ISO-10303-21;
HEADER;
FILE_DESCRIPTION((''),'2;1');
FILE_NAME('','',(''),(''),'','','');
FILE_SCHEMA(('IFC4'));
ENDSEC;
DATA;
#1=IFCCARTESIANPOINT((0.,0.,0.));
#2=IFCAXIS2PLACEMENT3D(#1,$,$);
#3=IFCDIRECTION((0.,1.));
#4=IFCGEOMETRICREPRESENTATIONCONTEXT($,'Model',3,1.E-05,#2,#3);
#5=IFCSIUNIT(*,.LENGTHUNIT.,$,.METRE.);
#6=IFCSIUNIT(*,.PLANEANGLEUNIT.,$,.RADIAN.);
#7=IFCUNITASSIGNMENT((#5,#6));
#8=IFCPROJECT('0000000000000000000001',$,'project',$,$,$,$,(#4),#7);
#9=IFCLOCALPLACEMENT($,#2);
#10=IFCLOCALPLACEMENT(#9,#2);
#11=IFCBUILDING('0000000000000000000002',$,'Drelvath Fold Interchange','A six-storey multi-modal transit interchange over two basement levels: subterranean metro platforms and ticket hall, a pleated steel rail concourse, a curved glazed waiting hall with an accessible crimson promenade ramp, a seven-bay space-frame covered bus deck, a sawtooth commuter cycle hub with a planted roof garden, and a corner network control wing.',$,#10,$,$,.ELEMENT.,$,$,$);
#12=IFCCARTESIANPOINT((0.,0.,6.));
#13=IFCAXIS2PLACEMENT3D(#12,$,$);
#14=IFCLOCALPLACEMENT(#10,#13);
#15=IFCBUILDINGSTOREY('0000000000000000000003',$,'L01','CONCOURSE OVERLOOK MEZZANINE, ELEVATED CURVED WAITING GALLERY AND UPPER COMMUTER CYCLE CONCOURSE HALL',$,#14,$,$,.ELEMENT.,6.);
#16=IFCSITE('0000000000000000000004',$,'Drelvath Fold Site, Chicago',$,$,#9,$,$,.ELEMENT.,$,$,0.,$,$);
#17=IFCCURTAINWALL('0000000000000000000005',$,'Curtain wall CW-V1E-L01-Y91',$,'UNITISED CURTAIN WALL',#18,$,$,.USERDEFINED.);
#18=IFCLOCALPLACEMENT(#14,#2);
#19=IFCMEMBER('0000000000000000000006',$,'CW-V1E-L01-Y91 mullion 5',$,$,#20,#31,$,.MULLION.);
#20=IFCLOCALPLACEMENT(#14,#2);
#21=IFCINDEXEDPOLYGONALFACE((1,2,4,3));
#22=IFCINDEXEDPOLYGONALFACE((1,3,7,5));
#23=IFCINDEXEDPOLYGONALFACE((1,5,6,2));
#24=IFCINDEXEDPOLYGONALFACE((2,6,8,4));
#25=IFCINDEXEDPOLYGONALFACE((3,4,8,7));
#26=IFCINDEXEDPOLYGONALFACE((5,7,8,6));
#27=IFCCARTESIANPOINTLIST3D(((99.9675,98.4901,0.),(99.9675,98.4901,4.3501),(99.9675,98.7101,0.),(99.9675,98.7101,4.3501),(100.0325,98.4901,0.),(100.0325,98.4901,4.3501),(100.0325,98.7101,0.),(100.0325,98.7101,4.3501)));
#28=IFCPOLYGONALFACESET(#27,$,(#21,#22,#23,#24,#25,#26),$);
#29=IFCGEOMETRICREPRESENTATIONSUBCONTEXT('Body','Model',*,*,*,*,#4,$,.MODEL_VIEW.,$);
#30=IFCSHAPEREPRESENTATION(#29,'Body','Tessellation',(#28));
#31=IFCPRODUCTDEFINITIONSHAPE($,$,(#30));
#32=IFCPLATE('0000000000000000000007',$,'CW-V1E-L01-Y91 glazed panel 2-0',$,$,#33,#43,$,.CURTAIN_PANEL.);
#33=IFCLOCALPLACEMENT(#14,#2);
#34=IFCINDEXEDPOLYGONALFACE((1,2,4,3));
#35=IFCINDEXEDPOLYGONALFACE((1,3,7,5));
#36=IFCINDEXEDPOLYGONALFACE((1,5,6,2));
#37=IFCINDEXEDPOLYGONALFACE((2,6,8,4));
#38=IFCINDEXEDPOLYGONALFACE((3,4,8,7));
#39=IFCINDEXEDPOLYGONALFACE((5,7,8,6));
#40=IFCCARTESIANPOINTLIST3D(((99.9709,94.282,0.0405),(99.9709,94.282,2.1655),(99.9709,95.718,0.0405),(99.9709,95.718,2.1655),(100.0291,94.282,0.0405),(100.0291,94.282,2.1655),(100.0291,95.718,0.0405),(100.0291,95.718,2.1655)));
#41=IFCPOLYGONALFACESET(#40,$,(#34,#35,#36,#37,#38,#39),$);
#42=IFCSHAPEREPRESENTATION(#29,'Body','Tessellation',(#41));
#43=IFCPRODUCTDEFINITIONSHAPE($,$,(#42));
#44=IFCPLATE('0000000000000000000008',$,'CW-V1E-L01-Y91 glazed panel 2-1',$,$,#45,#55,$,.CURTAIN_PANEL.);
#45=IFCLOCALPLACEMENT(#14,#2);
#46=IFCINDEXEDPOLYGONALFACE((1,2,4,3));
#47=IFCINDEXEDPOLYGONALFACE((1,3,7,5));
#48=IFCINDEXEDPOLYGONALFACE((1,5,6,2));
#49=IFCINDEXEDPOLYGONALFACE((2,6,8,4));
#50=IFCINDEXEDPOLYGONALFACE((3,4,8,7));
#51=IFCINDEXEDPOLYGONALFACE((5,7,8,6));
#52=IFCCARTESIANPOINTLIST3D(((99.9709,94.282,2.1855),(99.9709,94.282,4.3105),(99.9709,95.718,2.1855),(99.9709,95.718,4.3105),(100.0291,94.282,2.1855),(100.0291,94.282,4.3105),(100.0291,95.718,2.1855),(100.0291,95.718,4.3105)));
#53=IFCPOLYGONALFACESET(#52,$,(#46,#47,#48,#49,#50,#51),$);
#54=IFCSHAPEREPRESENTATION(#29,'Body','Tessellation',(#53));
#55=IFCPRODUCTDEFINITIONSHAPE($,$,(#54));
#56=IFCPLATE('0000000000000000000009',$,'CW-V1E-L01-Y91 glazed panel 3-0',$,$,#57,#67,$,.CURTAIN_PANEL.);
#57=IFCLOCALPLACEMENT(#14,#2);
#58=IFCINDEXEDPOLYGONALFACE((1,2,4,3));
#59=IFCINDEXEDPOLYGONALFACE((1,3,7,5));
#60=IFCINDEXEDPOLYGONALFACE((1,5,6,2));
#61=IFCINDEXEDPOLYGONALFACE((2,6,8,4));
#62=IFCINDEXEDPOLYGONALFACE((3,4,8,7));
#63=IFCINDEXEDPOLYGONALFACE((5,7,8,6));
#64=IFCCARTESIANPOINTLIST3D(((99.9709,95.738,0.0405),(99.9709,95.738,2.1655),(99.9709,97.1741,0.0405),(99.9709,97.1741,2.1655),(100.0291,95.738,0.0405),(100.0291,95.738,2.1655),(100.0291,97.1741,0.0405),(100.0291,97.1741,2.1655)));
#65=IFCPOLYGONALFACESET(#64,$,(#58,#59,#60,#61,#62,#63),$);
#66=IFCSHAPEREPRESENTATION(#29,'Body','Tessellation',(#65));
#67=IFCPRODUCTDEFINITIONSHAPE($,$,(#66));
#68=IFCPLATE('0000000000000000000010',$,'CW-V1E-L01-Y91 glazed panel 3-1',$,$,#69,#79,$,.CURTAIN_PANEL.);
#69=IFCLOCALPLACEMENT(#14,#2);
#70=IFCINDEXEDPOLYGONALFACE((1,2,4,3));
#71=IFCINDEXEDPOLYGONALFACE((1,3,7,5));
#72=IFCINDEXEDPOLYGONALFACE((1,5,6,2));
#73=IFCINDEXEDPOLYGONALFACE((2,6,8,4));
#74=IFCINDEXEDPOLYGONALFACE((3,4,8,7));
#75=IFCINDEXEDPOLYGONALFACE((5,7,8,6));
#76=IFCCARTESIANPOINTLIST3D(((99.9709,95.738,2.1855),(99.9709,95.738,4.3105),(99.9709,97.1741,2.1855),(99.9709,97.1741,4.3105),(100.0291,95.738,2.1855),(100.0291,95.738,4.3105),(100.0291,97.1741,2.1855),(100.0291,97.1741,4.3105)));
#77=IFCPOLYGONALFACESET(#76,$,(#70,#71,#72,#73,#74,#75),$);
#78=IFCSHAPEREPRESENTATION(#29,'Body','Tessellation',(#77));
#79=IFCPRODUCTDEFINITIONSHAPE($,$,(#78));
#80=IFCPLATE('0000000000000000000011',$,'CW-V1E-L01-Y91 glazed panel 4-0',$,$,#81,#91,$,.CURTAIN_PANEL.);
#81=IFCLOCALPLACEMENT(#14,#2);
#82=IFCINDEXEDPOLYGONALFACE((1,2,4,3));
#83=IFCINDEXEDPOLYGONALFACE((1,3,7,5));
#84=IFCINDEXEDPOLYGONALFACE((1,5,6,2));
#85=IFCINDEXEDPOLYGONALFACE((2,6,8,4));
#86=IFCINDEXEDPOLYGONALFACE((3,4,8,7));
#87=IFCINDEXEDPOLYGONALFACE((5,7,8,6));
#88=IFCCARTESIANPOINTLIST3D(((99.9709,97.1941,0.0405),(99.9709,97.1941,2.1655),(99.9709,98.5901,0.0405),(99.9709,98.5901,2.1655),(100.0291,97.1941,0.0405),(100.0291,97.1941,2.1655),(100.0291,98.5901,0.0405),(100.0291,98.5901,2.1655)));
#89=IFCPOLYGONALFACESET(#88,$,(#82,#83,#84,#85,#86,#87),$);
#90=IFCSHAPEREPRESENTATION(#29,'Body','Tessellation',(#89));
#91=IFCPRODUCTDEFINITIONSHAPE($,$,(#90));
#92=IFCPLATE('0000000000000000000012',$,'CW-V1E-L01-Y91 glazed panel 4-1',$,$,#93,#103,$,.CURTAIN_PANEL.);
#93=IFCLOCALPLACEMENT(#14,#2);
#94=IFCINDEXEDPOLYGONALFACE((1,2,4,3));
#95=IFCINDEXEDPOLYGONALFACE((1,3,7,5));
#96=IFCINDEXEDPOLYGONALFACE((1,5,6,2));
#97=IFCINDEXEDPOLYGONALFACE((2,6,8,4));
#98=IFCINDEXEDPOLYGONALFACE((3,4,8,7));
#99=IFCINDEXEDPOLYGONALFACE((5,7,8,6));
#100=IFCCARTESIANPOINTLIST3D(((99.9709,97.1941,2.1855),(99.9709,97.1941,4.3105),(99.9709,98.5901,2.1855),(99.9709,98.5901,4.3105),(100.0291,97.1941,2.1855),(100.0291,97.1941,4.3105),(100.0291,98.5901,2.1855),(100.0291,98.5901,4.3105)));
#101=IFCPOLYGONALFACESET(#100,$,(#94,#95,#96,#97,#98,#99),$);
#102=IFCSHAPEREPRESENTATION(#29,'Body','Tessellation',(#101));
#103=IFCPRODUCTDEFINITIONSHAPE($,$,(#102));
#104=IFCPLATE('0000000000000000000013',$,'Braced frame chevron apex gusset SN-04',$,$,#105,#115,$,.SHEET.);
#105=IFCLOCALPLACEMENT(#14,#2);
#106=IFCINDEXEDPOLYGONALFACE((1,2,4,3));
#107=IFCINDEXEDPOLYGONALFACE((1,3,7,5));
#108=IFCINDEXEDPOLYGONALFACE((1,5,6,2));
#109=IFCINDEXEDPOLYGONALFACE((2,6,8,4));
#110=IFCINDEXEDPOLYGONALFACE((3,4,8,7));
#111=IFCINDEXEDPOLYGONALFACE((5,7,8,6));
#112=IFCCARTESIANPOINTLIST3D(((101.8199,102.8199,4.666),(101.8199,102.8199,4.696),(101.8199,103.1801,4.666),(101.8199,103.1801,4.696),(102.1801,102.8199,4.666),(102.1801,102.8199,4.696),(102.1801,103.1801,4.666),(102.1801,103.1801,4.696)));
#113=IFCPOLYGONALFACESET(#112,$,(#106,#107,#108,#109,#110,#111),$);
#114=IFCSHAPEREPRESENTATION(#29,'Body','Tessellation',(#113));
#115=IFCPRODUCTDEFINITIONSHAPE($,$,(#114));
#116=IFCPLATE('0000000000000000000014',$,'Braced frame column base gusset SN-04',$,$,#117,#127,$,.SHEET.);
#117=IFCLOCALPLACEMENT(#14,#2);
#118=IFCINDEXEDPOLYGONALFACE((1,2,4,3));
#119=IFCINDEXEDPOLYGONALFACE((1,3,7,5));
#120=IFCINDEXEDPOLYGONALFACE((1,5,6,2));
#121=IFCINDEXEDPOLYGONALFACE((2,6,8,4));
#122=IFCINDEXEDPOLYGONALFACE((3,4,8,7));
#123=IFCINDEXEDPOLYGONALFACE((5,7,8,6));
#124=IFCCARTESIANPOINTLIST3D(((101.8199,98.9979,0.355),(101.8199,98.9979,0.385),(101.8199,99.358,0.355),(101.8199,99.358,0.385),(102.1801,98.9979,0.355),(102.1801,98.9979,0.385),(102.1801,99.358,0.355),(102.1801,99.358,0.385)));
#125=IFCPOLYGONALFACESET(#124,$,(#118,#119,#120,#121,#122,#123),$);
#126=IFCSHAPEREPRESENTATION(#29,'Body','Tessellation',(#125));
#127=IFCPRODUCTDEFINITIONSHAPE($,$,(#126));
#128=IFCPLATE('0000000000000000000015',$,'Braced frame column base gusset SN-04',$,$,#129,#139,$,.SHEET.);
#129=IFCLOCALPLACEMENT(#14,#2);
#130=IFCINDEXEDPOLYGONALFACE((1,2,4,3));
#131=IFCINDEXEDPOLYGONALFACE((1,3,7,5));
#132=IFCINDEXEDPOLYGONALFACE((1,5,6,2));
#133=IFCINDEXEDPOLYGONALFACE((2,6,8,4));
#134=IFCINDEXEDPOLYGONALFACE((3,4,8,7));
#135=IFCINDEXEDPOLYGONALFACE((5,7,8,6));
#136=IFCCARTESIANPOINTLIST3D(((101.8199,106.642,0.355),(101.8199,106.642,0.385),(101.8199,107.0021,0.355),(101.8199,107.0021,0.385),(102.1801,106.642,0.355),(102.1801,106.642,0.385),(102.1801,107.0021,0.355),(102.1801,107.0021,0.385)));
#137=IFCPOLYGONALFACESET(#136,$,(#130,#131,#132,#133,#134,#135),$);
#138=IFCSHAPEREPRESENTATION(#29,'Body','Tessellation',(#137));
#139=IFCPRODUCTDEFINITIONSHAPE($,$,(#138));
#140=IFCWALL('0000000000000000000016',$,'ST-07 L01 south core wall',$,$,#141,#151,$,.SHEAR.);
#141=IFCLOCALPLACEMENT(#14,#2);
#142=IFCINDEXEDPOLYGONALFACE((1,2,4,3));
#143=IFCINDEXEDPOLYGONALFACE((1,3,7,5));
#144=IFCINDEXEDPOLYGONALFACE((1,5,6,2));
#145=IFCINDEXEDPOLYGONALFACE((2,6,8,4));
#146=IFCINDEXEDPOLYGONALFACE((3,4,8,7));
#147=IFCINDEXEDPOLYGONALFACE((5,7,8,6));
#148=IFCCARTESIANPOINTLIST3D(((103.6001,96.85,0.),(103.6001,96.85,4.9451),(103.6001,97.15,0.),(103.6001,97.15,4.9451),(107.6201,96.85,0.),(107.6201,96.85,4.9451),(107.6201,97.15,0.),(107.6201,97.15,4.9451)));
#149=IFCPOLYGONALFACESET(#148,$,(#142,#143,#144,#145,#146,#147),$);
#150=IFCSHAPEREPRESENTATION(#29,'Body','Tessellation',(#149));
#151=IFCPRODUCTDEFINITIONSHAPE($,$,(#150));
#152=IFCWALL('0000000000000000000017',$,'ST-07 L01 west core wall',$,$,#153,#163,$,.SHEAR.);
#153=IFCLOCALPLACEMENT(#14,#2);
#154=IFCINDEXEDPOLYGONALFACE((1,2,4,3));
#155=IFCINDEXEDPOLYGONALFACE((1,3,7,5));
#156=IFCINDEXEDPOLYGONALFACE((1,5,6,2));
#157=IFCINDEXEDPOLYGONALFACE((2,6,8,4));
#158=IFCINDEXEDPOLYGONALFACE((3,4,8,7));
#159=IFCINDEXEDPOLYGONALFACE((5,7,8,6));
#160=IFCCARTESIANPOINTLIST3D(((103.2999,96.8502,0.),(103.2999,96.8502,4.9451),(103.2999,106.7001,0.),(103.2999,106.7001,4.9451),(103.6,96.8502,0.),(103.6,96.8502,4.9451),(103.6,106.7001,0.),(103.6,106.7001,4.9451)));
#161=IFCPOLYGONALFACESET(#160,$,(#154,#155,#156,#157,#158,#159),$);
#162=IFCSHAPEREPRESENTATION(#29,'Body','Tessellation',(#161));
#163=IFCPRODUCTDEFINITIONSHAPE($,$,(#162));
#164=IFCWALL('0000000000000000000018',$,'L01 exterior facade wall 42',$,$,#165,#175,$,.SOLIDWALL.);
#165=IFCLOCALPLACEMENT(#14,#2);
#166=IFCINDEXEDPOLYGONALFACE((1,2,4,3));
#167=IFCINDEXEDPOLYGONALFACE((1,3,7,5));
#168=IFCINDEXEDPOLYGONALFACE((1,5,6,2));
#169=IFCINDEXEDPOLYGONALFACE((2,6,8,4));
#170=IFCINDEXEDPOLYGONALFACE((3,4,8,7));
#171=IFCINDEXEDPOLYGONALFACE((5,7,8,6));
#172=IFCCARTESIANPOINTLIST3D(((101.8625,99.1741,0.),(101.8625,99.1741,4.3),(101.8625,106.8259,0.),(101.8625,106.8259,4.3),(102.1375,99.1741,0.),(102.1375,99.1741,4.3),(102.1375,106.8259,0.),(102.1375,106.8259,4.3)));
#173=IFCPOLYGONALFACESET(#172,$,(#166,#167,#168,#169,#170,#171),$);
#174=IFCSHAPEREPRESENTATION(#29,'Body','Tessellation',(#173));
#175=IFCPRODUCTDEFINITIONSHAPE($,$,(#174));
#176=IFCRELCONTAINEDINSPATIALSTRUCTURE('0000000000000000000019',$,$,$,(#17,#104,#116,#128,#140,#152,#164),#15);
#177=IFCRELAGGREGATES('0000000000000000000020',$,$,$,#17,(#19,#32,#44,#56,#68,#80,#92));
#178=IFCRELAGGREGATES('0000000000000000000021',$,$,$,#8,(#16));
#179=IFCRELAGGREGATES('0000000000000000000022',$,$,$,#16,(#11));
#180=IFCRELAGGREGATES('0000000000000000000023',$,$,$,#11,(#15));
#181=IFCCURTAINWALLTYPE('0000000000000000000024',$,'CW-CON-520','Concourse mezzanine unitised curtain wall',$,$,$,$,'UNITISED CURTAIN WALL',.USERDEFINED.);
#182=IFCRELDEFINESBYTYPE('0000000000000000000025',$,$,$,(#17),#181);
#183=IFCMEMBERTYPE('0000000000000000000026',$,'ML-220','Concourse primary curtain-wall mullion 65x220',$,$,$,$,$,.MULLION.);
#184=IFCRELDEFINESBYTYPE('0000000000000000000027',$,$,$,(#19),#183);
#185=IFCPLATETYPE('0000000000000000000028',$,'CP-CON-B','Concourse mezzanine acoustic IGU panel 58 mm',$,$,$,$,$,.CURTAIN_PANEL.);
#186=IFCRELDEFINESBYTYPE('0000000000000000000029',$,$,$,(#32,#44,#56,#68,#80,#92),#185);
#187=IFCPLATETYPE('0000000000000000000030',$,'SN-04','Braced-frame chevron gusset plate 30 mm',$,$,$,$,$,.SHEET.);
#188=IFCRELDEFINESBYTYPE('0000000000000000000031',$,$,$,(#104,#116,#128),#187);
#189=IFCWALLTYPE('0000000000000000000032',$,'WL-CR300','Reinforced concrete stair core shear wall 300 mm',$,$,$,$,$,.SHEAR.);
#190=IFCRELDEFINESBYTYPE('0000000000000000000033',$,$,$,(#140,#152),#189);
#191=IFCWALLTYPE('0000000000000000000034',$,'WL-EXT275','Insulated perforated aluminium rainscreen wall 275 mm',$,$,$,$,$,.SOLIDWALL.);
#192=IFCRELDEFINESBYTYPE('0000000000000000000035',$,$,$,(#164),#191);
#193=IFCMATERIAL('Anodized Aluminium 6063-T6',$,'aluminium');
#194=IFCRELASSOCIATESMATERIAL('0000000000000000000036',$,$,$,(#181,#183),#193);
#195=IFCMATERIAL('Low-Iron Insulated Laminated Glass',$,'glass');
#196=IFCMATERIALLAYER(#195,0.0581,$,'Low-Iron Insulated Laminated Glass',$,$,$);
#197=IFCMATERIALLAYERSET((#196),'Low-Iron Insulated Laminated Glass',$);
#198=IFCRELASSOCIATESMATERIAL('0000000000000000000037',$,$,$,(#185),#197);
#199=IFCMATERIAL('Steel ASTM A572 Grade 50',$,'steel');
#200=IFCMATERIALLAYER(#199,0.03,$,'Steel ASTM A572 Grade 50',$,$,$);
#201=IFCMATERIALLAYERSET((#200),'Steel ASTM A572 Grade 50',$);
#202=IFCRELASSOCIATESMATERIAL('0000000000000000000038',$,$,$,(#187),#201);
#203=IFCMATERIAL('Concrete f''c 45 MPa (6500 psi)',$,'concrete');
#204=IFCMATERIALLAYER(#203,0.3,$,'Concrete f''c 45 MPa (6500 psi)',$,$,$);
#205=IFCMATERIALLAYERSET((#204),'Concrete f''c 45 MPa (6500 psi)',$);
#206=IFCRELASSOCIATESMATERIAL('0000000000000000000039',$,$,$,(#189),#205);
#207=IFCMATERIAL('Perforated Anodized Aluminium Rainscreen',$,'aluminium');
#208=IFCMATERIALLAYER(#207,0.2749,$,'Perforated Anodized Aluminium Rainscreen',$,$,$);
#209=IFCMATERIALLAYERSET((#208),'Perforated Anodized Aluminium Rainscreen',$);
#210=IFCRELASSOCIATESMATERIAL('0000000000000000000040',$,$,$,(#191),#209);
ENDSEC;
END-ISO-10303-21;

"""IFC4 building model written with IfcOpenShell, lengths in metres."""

from ifc_helpers import new_model, si_unit, direction, frame, frame_2d, origin, origin_2d, place, context, subcontext, project, spatial, rectangle, extrude, material, layer, layer_set, material_profile, profile_set, type_object, element, aggregate, save


model = new_model("IFC4")

# Units and contexts
model_context = context("Model", 3, precision=1e-05, world=origin(), true_north=direction((0.0, 1.0)))
body_context = subcontext(model_context, "Body", "Model", "MODEL_VIEW")
ifc_project = project(units=[si_unit("LENGTHUNIT", "METRE"), si_unit("PLANEANGLEUNIT", "RADIAN")], contexts=[model_context])

# Site, building, storey
site_placement = place(None, origin())
site = spatial("IfcSite", under=ifc_project, at=site_placement, Name="Drelvath Fold Site, Chicago", CompositionType="ELEMENT", RefElevation=0.0)
building_placement = place(site_placement, origin())
building = spatial("IfcBuilding", under=site, at=building_placement, Name="Drelvath Fold Interchange", Description="A six-storey multi-modal transit interchange over two basement levels: subterranean metro platforms and ticket hall, a pleated steel rail concourse, a curved glazed waiting hall with an accessible crimson promenade ramp, a seven-bay space-frame covered bus deck, a sawtooth commuter cycle hub with a planted roof garden, and a corner network control wing.", CompositionType="ELEMENT")
storey_placement = place(building_placement, frame((0.0, 0.0, 6.0)))
storey = spatial("IfcBuildingStorey", under=building, at=storey_placement, Name="L01", Description="CONCOURSE OVERLOOK MEZZANINE, ELEVATED CURVED WAITING GALLERY AND UPPER COMMUTER CYCLE CONCOURSE HALL", CompositionType="ELEMENT", Elevation=6.0)

# Curtain wall, member, plates
ifc_material_1 = material(Name="Anodized Aluminium 6063-T6", Category="aluminium")
curtain_wall_type = type_object("IfcCurtainWallType", Name="CW-CON-520", Description="Concourse mezzanine unitised curtain wall", ElementType="UNITISED CURTAIN WALL", PredefinedType="USERDEFINED", material=ifc_material_1)
curtain_wall_placement = place(storey_placement, origin())
curtain_wall = element("IfcCurtainWall", 1, at=curtain_wall_placement, inside=storey, type_object=curtain_wall_type, Name="Curtain wall CW-V1E-L01-Y91", ObjectType="UNITISED CURTAIN WALL", PredefinedType="USERDEFINED")
ifc_material_profile_1 = material_profile(ifc_material_1, rectangle(XDim=0.0649, YDim=0.22, at=origin_2d()), Name="AL-M 65x220")
ifc_profile_set_1 = profile_set([ifc_material_profile_1], Name="Anodized Aluminium 6063-T6")
member_type_1 = type_object("IfcMemberType", Name="ML-220", Description="Concourse primary curtain-wall mullion 65x220", PredefinedType="MULLION", material=ifc_profile_set_1)
member_1_placement = place(storey_placement, frame((100.0, 98.6001, 0.0), z_axis=(0.0, 0.0, 1.0), x_axis=(1.0, 0.0, 0.0)))
member_1 = element("IfcMember", 2, at=member_1_placement, type_object=member_type_1, Name="CW-V1E-L01-Y91 mullion 5", PredefinedType="MULLION", context=body_context, shape_type="SweptSolid", body=[
    extrude(rectangle(XDim=0.0649, YDim=0.22, at=origin_2d()), origin(), (0.0, 0.0, 1.0), 4.3501),
])
ifc_material_2 = material(Name="Low-Iron Insulated Laminated Glass", Category="glass")
ifc_layer_1 = layer(ifc_material_2, 0.0581, Name="Low-Iron Insulated Laminated Glass")
ifc_layer_set_1 = layer_set([ifc_layer_1], Name="Low-Iron Insulated Laminated Glass")
plate_type_1 = type_object("IfcPlateType", Name="CP-CON-B", Description="Concourse mezzanine acoustic IGU panel 58 mm", PredefinedType="CURTAIN_PANEL", material=ifc_layer_set_1)
plate_1_placement = place(storey_placement, frame((100.0, 95.0, 0.0405), z_axis=(0.0, 0.0, 1.0), x_axis=(0.0, 1.0, 0.0)))
plate_1 = element("IfcPlate", 3, at=plate_1_placement, type_object=plate_type_1, Name="CW-V1E-L01-Y91 glazed panel 2-0", PredefinedType="CURTAIN_PANEL", context=body_context, shape_type="SweptSolid", body=[
    extrude(rectangle(XDim=1.436, YDim=0.0581, at=origin_2d()), origin(), (0.0, 0.0, 1.0), 2.125),
])
plate_2_placement = place(storey_placement, frame((100.0, 95.0, 2.1855), z_axis=(0.0, 0.0, 1.0), x_axis=(0.0, 1.0, 0.0)))
plate_2 = element("IfcPlate", 4, at=plate_2_placement, type_object=plate_type_1, Name="CW-V1E-L01-Y91 glazed panel 2-1", PredefinedType="CURTAIN_PANEL", context=body_context, shape_type="SweptSolid", body=[
    extrude(rectangle(XDim=1.436, YDim=0.0581, at=origin_2d()), origin(), (0.0, 0.0, 1.0), 2.125),
])
plate_3_placement = place(storey_placement, frame((100.0, 96.4561, 0.0405), z_axis=(0.0, 0.0, 1.0), x_axis=(0.0, 1.0, 0.0)))
plate_3 = element("IfcPlate", 5, at=plate_3_placement, type_object=plate_type_1, Name="CW-V1E-L01-Y91 glazed panel 3-0", PredefinedType="CURTAIN_PANEL", context=body_context, shape_type="SweptSolid", body=[
    extrude(rectangle(XDim=1.436, YDim=0.0581, at=origin_2d()), origin(), (0.0, 0.0, 1.0), 2.125),
])
plate_4_placement = place(storey_placement, frame((100.0, 96.4561, 2.1855), z_axis=(0.0, 0.0, 1.0), x_axis=(0.0, 1.0, 0.0)))
plate_4 = element("IfcPlate", 6, at=plate_4_placement, type_object=plate_type_1, Name="CW-V1E-L01-Y91 glazed panel 3-1", PredefinedType="CURTAIN_PANEL", context=body_context, shape_type="SweptSolid", body=[
    extrude(rectangle(XDim=1.436, YDim=0.0581, at=origin_2d()), origin(), (0.0, 0.0, 1.0), 2.125),
])
plate_5_placement = place(storey_placement, frame((100.0, 97.8921, 0.0405), z_axis=(0.0, 0.0, 1.0), x_axis=(0.0, 1.0, 0.0)))
plate_5 = element("IfcPlate", 7, at=plate_5_placement, type_object=plate_type_1, Name="CW-V1E-L01-Y91 glazed panel 4-0", PredefinedType="CURTAIN_PANEL", context=body_context, shape_type="SweptSolid", body=[
    extrude(rectangle(XDim=1.396, YDim=0.0581, at=origin_2d()), origin(), (0.0, 0.0, 1.0), 2.125),
])
plate_6_placement = place(storey_placement, frame((100.0, 97.8921, 2.1855), z_axis=(0.0, 0.0, 1.0), x_axis=(0.0, 1.0, 0.0)))
plate_6 = element("IfcPlate", 8, at=plate_6_placement, type_object=plate_type_1, Name="CW-V1E-L01-Y91 glazed panel 4-1", PredefinedType="CURTAIN_PANEL", context=body_context, shape_type="SweptSolid", body=[
    extrude(rectangle(XDim=1.396, YDim=0.0581, at=origin_2d()), origin(), (0.0, 0.0, 1.0), 2.125),
])
aggregate(curtain_wall, [member_1, plate_1, plate_2, plate_3, plate_4, plate_5, plate_6])

# Plates
ifc_material_3 = material(Name="Steel ASTM A572 Grade 50", Category="steel")
ifc_layer_2 = layer(ifc_material_3, 0.03, Name="Steel ASTM A572 Grade 50")
ifc_layer_set_2 = layer_set([ifc_layer_2], Name="Steel ASTM A572 Grade 50")
plate_type_2 = type_object("IfcPlateType", Name="SN-04", Description="Braced-frame chevron gusset plate 30 mm", PredefinedType="SHEET", material=ifc_layer_set_2)
for number, where, z_axis, x_axis, name in (
    (9, (102.0, 103.0, 4.666), (0.0, 0.0, 1.0), (1.0, 0.0, 0.0), "Braced frame chevron apex gusset SN-04"),
    (10, (102.0, 99.178, 0.355), (0.0, 0.0, 1.0), (1.0, 0.0, 0.0), "Braced frame column base gusset SN-04"),
    (11, (102.0, 106.822, 0.355), (0.0, 0.0, 1.0), (1.0, 0.0, 0.0), "Braced frame column base gusset SN-04"),
):
    element("IfcPlate", number, at=place(storey_placement, frame(where, z_axis=z_axis, x_axis=x_axis)), inside=storey, type_object=plate_type_2, Name=name, PredefinedType="SHEET", context=body_context, shape_type="SweptSolid", body=[
        extrude(rectangle(XDim=0.3601, YDim=0.3601, at=origin_2d()), origin(), (0.0, 0.0, 1.0), 0.03),
    ])

# Walls
ifc_material_4 = material(Name="Concrete f'c 45 MPa (6500 psi)", Category="concrete")
ifc_layer_3 = layer(ifc_material_4, 0.3, Name="Concrete f'c 45 MPa (6500 psi)")
ifc_layer_set_3 = layer_set([ifc_layer_3], Name="Concrete f'c 45 MPa (6500 psi)")
wall_type_1 = type_object("IfcWallType", Name="WL-CR300", Description="Reinforced concrete stair core shear wall 300 mm", PredefinedType="SHEAR", material=ifc_layer_set_3)
wall_1_placement = place(storey_placement, frame((103.6001, 97.0, 0.0), z_axis=(0.0, 0.0, 1.0), x_axis=(1.0, 0.0, 0.0)))
element("IfcWall", 12, at=wall_1_placement, inside=storey, type_object=wall_type_1, Name="ST-07 L01 south core wall", PredefinedType="SHEAR", context=body_context, shape_type="SweptSolid", body=[
    extrude(rectangle(XDim=4.02, YDim=0.3, at=frame_2d((2.01, 0.0))), origin(), (0.0, 0.0, 1.0), 4.9451),
])
wall_2_placement = place(storey_placement, frame((103.45, 106.7, 0.0), z_axis=(0.0, 0.0, 1.0), x_axis=(0.0, -1.0, 0.0)))
element("IfcWall", 13, at=wall_2_placement, inside=storey, type_object=wall_type_1, Name="ST-07 L01 west core wall", PredefinedType="SHEAR", context=body_context, shape_type="SweptSolid", body=[
    extrude(rectangle(XDim=9.8499, YDim=0.3, at=frame_2d((4.9248, 0.0))), origin(), (0.0, 0.0, 1.0), 4.9451),
])
ifc_material_5 = material(Name="Perforated Anodized Aluminium Rainscreen", Category="aluminium")
ifc_layer_4 = layer(ifc_material_5, 0.2749, Name="Perforated Anodized Aluminium Rainscreen")
ifc_layer_set_4 = layer_set([ifc_layer_4], Name="Perforated Anodized Aluminium Rainscreen")
wall_type_2 = type_object("IfcWallType", Name="WL-EXT275", Description="Insulated perforated aluminium rainscreen wall 275 mm", PredefinedType="SOLIDWALL", material=ifc_layer_set_4)
wall_3_placement = place(storey_placement, frame((102.0, 99.1741, 0.0), z_axis=(0.0, 0.0, 1.0), x_axis=(0.0, 1.0, 0.0)))
element("IfcWall", 14, at=wall_3_placement, inside=storey, type_object=wall_type_2, Name="L01 exterior facade wall 42", PredefinedType="SOLIDWALL", context=body_context, shape_type="SweptSolid", body=[
    extrude(rectangle(XDim=7.6519, YDim=0.2749, at=frame_2d((3.8259, 0.0))), origin(), (0.0, 0.0, 1.0), 4.3),
])

save(model, "model.ifc")
